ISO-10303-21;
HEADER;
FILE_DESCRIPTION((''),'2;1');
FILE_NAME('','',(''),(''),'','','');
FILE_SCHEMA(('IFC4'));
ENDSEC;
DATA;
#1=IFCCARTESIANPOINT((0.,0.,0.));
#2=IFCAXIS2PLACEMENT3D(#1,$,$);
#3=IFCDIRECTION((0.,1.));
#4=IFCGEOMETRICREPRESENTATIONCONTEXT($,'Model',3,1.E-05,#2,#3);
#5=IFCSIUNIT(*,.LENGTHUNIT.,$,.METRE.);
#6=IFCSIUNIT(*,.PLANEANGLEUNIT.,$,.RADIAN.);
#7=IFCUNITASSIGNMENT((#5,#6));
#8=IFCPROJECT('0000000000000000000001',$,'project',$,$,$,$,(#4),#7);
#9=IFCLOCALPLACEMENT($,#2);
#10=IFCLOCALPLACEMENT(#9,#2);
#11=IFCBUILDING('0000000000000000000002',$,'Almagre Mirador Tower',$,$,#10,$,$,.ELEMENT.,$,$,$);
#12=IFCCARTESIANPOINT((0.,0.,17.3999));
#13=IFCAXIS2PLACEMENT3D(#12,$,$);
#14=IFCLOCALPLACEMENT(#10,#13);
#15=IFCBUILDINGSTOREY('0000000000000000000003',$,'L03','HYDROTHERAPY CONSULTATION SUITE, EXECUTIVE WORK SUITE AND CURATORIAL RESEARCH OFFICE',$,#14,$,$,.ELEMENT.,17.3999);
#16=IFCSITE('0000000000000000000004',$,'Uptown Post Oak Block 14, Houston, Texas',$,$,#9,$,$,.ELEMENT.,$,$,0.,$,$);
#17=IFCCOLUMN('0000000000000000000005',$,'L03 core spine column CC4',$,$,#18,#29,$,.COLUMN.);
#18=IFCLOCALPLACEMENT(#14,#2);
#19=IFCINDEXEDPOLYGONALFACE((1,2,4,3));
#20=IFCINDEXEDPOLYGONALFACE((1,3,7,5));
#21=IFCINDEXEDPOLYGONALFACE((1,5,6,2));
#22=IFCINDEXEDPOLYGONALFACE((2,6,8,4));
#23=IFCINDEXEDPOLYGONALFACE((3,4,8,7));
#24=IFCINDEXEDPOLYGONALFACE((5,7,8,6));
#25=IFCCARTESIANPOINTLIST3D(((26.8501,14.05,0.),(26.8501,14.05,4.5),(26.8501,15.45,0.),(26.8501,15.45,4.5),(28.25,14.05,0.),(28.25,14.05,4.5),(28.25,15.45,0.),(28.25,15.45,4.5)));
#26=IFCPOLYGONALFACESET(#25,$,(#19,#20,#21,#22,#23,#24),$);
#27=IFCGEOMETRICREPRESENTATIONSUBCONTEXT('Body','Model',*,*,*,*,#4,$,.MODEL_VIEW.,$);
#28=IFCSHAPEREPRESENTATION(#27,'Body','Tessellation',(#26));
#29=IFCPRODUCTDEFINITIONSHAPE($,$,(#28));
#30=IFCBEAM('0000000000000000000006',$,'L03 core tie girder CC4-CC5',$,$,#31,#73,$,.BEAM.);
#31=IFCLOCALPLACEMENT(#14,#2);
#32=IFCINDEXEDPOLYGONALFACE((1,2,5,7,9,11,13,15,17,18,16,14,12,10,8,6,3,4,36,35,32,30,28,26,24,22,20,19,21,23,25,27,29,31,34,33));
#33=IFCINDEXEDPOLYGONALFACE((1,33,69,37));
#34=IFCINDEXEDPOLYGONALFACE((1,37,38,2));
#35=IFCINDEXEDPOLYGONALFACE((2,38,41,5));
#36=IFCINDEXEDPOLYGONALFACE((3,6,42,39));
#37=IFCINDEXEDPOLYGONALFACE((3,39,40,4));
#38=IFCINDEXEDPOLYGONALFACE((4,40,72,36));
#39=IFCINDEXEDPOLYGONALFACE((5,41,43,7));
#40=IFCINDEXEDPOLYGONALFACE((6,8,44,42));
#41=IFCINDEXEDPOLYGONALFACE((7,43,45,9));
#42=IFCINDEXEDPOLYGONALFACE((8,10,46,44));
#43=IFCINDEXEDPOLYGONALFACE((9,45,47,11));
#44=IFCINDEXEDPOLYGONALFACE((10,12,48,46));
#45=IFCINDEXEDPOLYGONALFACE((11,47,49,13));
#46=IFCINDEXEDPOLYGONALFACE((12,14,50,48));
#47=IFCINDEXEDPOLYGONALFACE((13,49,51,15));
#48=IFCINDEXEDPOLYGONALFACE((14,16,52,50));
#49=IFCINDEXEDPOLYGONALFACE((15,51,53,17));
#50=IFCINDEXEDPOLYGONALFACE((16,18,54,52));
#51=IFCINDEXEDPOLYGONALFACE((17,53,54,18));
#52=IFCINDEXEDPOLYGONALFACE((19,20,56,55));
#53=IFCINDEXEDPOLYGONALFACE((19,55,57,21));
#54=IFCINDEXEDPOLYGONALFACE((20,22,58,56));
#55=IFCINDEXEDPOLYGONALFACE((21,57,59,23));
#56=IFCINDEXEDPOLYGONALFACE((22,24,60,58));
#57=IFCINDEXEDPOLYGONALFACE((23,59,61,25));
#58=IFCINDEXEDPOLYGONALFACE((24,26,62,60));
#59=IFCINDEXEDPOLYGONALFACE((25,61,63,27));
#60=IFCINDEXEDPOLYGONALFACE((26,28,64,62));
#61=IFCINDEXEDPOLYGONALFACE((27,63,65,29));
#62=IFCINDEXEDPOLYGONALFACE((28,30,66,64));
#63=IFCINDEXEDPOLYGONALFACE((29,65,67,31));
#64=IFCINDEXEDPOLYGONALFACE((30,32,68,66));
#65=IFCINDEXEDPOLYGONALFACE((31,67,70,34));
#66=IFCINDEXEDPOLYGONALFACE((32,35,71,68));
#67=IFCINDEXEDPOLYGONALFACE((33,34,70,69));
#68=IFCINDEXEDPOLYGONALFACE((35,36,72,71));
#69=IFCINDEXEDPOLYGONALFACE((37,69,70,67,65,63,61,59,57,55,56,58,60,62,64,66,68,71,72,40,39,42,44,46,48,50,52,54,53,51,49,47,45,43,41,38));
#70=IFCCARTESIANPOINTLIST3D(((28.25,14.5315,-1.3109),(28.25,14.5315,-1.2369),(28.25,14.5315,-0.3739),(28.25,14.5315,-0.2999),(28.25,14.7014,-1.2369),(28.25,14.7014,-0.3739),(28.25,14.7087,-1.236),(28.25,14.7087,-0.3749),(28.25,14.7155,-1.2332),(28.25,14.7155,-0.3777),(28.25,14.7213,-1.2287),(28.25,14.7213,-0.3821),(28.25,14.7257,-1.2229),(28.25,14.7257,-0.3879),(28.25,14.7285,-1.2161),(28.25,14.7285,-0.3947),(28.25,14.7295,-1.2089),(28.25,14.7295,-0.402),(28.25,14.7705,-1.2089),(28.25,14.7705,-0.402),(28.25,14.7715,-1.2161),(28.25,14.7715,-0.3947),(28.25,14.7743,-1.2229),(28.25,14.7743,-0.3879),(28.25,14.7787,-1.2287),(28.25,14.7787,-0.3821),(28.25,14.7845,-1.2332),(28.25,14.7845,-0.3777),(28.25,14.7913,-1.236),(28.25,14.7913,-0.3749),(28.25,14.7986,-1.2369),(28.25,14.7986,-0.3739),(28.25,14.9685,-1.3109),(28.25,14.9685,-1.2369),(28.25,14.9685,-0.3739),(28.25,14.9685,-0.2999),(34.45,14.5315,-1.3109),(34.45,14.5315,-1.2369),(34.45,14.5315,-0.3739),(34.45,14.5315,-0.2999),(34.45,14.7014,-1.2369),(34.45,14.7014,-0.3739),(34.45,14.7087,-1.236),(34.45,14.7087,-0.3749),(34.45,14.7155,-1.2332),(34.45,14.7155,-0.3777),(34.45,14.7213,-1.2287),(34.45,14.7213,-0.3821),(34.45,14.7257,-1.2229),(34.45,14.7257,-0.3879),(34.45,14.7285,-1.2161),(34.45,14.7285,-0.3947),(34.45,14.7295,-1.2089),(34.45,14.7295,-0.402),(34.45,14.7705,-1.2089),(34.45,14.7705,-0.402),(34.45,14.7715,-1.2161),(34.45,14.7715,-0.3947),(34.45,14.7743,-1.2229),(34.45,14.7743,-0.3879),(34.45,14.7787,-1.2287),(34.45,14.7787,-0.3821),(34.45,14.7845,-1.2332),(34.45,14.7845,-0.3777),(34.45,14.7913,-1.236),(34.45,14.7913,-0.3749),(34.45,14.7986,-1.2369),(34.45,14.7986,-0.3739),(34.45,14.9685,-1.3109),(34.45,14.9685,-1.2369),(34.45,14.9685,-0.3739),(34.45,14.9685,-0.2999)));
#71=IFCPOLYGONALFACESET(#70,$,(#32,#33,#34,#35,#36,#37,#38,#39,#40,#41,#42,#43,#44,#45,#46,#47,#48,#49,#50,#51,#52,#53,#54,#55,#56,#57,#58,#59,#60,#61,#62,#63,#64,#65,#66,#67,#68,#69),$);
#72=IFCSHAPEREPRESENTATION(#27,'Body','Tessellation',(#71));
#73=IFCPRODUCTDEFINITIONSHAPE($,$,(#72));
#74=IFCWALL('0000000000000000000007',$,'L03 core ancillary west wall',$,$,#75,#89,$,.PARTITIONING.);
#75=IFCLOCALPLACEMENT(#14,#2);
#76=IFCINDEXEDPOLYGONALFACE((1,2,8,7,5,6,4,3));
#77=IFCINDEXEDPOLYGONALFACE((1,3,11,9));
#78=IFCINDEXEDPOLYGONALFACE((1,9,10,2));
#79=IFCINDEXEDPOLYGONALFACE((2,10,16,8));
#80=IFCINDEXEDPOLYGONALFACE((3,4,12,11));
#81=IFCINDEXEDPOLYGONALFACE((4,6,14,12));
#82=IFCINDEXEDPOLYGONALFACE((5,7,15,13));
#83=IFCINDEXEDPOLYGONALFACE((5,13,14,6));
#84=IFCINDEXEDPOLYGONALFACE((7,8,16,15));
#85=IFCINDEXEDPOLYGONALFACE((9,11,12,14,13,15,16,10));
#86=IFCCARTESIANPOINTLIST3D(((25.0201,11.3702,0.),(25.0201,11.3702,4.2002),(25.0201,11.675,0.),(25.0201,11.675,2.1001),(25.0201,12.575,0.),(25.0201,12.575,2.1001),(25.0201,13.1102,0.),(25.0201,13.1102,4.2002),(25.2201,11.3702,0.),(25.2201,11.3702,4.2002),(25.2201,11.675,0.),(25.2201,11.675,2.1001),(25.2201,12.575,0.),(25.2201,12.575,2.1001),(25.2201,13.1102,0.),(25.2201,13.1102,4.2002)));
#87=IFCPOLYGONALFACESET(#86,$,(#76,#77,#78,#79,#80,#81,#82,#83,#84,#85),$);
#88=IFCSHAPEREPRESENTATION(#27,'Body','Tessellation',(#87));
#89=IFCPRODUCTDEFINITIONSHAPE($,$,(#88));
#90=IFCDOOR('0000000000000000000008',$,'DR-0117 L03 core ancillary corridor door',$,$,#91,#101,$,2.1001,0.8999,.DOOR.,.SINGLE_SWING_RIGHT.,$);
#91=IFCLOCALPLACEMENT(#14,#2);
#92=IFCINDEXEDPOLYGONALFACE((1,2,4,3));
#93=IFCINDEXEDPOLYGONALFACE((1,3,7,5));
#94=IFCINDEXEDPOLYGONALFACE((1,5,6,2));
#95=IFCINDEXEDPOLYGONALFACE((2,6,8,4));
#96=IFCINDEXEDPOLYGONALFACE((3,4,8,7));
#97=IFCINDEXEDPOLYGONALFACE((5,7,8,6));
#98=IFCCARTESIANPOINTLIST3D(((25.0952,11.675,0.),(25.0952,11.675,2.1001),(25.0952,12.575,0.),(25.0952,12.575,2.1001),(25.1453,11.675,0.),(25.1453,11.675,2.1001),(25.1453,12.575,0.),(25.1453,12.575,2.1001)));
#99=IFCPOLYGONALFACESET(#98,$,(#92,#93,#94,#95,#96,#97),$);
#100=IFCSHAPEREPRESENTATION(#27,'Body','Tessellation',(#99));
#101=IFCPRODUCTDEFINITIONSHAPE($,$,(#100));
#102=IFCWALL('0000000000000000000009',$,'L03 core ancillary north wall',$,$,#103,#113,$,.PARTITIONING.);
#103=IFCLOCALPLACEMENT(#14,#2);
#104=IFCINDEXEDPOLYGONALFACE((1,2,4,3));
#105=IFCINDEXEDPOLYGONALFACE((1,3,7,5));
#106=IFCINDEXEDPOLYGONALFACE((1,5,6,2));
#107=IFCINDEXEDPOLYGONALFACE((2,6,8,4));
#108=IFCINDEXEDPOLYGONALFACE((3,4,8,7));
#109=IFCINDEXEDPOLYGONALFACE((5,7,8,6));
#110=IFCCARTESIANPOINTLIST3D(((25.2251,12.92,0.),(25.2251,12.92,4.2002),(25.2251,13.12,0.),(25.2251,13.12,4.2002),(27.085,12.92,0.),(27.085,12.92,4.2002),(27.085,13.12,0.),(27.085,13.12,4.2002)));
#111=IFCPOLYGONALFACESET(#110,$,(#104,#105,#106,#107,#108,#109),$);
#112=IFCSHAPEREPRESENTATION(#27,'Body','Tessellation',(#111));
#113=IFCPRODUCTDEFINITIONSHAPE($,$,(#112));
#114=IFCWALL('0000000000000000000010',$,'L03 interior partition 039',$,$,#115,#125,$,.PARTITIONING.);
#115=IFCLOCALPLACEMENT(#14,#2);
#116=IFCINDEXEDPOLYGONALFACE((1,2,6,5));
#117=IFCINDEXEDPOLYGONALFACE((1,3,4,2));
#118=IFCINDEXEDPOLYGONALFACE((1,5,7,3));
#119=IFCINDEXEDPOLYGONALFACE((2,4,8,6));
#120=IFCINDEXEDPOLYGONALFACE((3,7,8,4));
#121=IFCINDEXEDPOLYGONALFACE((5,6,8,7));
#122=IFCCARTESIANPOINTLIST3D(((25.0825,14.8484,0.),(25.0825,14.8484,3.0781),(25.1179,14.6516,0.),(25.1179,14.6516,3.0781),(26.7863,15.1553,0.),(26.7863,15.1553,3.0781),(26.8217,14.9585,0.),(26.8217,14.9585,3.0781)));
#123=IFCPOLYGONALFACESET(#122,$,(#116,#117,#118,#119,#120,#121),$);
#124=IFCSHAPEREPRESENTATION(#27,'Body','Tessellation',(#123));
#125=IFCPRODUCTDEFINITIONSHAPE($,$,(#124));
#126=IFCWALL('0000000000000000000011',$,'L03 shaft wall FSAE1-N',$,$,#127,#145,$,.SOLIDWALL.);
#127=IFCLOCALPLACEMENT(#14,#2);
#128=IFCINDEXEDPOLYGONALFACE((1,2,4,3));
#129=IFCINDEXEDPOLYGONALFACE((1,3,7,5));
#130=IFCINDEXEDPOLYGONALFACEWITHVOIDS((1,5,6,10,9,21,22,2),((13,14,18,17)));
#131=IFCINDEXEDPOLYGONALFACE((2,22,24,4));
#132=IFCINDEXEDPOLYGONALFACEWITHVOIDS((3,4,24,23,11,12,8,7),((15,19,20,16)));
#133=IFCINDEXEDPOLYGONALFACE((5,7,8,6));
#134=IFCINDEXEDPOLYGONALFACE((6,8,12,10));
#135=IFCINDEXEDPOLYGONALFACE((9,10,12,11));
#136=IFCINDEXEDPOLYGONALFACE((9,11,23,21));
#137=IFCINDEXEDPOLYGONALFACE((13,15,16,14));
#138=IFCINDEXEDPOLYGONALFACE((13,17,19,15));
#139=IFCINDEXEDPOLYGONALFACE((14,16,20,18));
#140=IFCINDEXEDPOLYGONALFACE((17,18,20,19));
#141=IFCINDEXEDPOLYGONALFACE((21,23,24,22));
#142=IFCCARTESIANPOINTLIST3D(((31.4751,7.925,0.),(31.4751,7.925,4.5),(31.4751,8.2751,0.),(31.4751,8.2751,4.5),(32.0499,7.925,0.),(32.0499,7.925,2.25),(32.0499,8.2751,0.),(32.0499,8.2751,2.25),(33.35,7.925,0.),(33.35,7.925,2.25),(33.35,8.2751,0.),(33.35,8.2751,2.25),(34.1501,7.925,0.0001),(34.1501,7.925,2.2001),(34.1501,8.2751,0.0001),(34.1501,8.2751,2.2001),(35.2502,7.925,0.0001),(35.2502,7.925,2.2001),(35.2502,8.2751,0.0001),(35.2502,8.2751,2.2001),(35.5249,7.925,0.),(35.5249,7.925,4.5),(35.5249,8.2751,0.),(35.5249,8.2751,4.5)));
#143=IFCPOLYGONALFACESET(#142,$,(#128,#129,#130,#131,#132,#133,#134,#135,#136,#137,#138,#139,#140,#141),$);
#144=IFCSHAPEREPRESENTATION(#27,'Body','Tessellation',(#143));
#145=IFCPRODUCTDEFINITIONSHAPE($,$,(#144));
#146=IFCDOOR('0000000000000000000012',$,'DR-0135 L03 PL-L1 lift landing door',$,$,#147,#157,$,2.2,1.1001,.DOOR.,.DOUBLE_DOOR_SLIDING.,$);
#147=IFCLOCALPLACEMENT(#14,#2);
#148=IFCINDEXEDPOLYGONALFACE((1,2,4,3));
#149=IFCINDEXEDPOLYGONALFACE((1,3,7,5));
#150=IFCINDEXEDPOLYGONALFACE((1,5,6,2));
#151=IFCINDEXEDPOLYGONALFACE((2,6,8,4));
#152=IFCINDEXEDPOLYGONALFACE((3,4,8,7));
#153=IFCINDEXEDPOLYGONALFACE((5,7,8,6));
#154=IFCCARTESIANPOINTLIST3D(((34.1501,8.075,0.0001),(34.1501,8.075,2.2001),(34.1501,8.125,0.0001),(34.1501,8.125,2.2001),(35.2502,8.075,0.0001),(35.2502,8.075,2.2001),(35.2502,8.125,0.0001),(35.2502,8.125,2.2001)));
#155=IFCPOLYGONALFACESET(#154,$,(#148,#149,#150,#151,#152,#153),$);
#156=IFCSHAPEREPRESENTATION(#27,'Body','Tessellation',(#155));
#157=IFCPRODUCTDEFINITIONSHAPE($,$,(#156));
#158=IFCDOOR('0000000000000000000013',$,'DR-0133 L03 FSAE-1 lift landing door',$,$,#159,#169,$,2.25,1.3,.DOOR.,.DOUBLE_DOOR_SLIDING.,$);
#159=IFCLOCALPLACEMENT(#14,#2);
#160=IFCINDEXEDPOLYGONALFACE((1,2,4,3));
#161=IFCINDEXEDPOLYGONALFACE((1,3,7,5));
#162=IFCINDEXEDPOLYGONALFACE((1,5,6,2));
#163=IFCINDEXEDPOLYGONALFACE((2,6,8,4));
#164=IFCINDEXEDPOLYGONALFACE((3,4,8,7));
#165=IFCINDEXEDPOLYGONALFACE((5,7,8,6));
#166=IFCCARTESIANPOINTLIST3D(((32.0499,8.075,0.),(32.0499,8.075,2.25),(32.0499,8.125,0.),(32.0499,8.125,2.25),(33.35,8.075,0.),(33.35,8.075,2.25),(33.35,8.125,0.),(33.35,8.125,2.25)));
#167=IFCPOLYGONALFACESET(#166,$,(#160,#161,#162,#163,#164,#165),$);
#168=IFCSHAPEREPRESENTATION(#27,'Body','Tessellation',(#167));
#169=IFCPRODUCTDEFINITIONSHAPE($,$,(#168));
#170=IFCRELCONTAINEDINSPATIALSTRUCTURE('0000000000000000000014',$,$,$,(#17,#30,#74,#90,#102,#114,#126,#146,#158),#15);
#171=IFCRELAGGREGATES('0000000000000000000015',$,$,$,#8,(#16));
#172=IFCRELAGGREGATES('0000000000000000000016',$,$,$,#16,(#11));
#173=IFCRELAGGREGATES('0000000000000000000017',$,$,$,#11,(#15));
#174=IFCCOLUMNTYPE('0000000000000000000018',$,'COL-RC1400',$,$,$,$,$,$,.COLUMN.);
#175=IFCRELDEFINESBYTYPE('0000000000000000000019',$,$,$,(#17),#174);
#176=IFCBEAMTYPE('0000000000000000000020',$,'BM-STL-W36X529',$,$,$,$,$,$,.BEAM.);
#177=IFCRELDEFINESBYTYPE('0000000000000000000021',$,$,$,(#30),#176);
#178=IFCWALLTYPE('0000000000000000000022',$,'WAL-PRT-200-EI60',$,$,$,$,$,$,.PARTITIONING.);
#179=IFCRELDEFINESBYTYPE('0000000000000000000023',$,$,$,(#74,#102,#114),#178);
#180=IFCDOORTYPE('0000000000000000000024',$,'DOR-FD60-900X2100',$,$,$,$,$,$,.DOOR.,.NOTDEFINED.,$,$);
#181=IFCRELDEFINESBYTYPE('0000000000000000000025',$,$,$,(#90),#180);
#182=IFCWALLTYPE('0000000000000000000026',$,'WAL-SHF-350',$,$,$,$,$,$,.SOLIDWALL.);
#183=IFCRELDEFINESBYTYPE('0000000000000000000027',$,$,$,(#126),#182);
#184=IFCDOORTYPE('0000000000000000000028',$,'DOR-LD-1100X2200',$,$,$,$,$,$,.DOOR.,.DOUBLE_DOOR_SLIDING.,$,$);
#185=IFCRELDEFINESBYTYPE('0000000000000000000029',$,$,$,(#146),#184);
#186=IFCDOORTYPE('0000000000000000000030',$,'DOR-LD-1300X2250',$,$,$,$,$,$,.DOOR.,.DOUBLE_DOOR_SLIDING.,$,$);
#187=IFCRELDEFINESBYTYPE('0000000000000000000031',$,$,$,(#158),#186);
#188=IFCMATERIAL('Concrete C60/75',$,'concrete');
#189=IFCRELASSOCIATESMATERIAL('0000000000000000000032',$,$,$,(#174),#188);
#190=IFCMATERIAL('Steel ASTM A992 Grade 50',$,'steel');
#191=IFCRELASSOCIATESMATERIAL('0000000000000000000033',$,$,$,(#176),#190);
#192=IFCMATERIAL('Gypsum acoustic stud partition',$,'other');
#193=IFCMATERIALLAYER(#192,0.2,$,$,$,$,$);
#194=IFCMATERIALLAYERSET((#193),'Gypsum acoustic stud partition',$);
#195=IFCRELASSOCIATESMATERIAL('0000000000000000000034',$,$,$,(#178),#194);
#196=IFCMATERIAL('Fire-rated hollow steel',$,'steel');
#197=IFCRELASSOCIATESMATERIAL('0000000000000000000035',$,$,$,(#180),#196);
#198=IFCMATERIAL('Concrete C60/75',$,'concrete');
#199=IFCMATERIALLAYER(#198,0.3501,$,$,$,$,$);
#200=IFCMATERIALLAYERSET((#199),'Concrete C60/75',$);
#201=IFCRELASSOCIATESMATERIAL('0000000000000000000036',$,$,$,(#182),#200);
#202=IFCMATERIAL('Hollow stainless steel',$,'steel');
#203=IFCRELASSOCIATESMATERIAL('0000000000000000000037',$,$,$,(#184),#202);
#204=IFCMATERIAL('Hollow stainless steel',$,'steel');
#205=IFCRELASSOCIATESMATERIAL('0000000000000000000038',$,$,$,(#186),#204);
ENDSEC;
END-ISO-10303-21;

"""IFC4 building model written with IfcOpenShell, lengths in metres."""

from ifc_helpers import new_model, si_unit, direction, frame, frame_2d, origin, origin_2d, place, context, subcontext, project, spatial, rectangle, i_section, extrude, material, layer, layer_set, material_profile, profile_set, type_object, element, fill, save


model = new_model("IFC4")

# Units and contexts
model_context = context("Model", 3, precision=1e-05, world=origin(), true_north=direction((0.0, 1.0)))
body_context = subcontext(model_context, "Body", "Model", "MODEL_VIEW")
ifc_project = project(units=[si_unit("LENGTHUNIT", "METRE"), si_unit("PLANEANGLEUNIT", "RADIAN")], contexts=[model_context])

# Site, building, storey
site_placement = place(None, origin())
site = spatial("IfcSite", under=ifc_project, at=site_placement, Name="Uptown Post Oak Block 14, Houston, Texas", CompositionType="ELEMENT", RefElevation=0.0)
building_placement = place(site_placement, origin())
building = spatial("IfcBuilding", under=site, at=building_placement, Name="Almagre Mirador Tower", CompositionType="ELEMENT")
storey_placement = place(building_placement, frame((0.0, 0.0, 17.3999)))
storey = spatial("IfcBuildingStorey", under=building, at=storey_placement, Name="L03", Description="HYDROTHERAPY CONSULTATION SUITE, EXECUTIVE WORK SUITE AND CURATORIAL RESEARCH OFFICE", CompositionType="ELEMENT", Elevation=17.3999)

# Column
ifc_material_1 = material(Name="Concrete C60/75", Category="concrete")
ifc_material_profile_1 = material_profile(ifc_material_1, rectangle(XDim=1.3999, YDim=1.3999, at=origin_2d()), Name="RC1400X1400")
ifc_profile_set_1 = profile_set([ifc_material_profile_1], Name="Concrete C60/75")
column_type = type_object("IfcColumnType", Name="COL-RC1400", PredefinedType="COLUMN", material=ifc_profile_set_1)
column_placement = place(storey_placement, frame((27.55, 14.75, 0.0), z_axis=(0.0, 0.0, 1.0), x_axis=(1.0, 0.0, 0.0)))
element("IfcColumn", 1, at=column_placement, inside=storey, type_object=column_type, Name="L03 core spine column CC4", PredefinedType="COLUMN", context=body_context, shape_type="SweptSolid", body=[
    extrude(rectangle(XDim=1.3999, YDim=1.3999, at=origin_2d()), origin(), (0.0, 0.0, 1.0), 4.5),
])

# Beam
ifc_material_2 = material(Name="Steel ASTM A992 Grade 50", Category="steel")
ifc_material_profile_2 = material_profile(ifc_material_2, i_section(OverallWidth=0.437, OverallDepth=1.011, WebThickness=0.041, FlangeThickness=0.074, FilletRadius=0.0281, at=origin_2d()), Name="W36X529")
ifc_profile_set_2 = profile_set([ifc_material_profile_2], Name="Steel ASTM A992 Grade 50")
beam_type = type_object("IfcBeamType", Name="BM-STL-W36X529", PredefinedType="BEAM", material=ifc_profile_set_2)
beam_placement = place(storey_placement, frame((28.25, 14.75, -0.8054), z_axis=(1.0, 0.0, 0.0), x_axis=(0.0, 1.0, 0.0)))
element("IfcBeam", 2, at=beam_placement, inside=storey, type_object=beam_type, Name="L03 core tie girder CC4-CC5", PredefinedType="BEAM", context=body_context, shape_type="SweptSolid", body=[
    extrude(i_section(OverallWidth=0.437, OverallDepth=1.011, WebThickness=0.041, FlangeThickness=0.074, FilletRadius=0.0281, at=origin_2d()), origin(), (0.0, 0.0, 1.0), 6.2),
])

# Wall, opening, door
ifc_material_3 = material(Name="Gypsum acoustic stud partition", Category="other")
ifc_layer_1 = layer(ifc_material_3, 0.2)
ifc_layer_set_1 = layer_set([ifc_layer_1], Name="Gypsum acoustic stud partition")
wall_type_1 = type_object("IfcWallType", Name="WAL-PRT-200-EI60", PredefinedType="PARTITIONING", material=ifc_layer_set_1)
wall_1_placement = place(storey_placement, frame((25.1201, 11.3701, 0.0), z_axis=(0.0, 0.0, 1.0), x_axis=(0.0, 1.0, 0.0)))
wall_1 = element("IfcWall", 3, at=wall_1_placement, inside=storey, type_object=wall_type_1, Name="L03 core ancillary west wall", PredefinedType="PARTITIONING", context=body_context, shape_type="SweptSolid", body=[
    extrude(rectangle(XDim=1.74, YDim=0.2, at=frame_2d((0.8701, 0.0))), origin(), (0.0, 0.0, 1.0), 4.2002),
])
opening_1_placement = place(wall_1_placement, frame((0.3049, 0.0, 0.0)))
opening_1 = element("IfcOpeningElement", 4, at=opening_1_placement, cuts=wall_1, PredefinedType="OPENING", context=body_context, shape_type="SweptSolid", body=[
    extrude(rectangle(XDim=0.8999, YDim=2.1001, at=frame_2d((0.45, 1.05))), frame((0.0, 0.1101, 0.0), z_axis=(0.0, -1.0, 0.0), x_axis=(1.0, 0.0, 0.0)), (0.0, 0.0, 1.0), 0.22),
])
ifc_material_4 = material(Name="Fire-rated hollow steel", Category="steel")
door_type_1 = type_object("IfcDoorType", Name="DOR-FD60-900X2100", OperationType="NOTDEFINED", PredefinedType="DOOR", material=ifc_material_4)
door_1_placement = place(opening_1_placement, origin())
door_1 = element("IfcDoor", 5, at=door_1_placement, inside=storey, type_object=door_type_1, Name="DR-0117 L03 core ancillary corridor door", OperationType="SINGLE_SWING_RIGHT", OverallHeight=2.1001, OverallWidth=0.8999, PredefinedType="DOOR", context=body_context, shape_type="SweptSolid", body=[
    extrude(rectangle(XDim=0.8999, YDim=2.1001, at=frame_2d((0.45, 1.05))), frame((0.0, 0.0249, 0.0), z_axis=(0.0, -1.0, 0.0), x_axis=(1.0, 0.0, 0.0)), (0.0, 0.0, 1.0), 0.05),
])
fill(opening_1, door_1)

# Walls
wall_2_placement = place(storey_placement, frame((25.2251, 13.02, 0.0), z_axis=(0.0, 0.0, 1.0), x_axis=(1.0, 0.0, 0.0)))
element("IfcWall", 6, at=wall_2_placement, inside=storey, type_object=wall_type_1, Name="L03 core ancillary north wall", PredefinedType="PARTITIONING", context=body_context, shape_type="SweptSolid", body=[
    extrude(rectangle(XDim=1.8599, YDim=0.2, at=frame_2d((0.9299, 0.0))), origin(), (0.0, 0.0, 1.0), 4.2002),
])
wall_3_placement = place(storey_placement, frame((25.1001, 14.75, 0.0), z_axis=(0.0, 0.0, 1.0), x_axis=(0.984164, 0.17726, 0.0)))
element("IfcWall", 7, at=wall_3_placement, inside=storey, type_object=wall_type_1, Name="L03 interior partition 039", PredefinedType="PARTITIONING", context=body_context, shape_type="SweptSolid", body=[
    extrude(rectangle(XDim=1.7312, YDim=0.2, at=frame_2d((0.8657, 0.0))), origin(), (0.0, 0.0, 1.0), 3.0781),
])

# Wall, openings, doors
ifc_material_5 = material(Name="Concrete C60/75", Category="concrete")
ifc_layer_2 = layer(ifc_material_5, 0.3501)
ifc_layer_set_2 = layer_set([ifc_layer_2], Name="Concrete C60/75")
wall_type_2 = type_object("IfcWallType", Name="WAL-SHF-350", PredefinedType="SOLIDWALL", material=ifc_layer_set_2)
wall_4_placement = place(storey_placement, frame((31.4751, 8.1001, 0.0), z_axis=(0.0, 0.0, 1.0), x_axis=(1.0, 0.0, 0.0)))
wall_4 = element("IfcWall", 8, at=wall_4_placement, inside=storey, type_object=wall_type_2, Name="L03 shaft wall FSAE1-N", PredefinedType="SOLIDWALL", context=body_context, shape_type="SweptSolid", body=[
    extrude(rectangle(XDim=4.0498, YDim=0.3501, at=frame_2d((2.0249, 0.0))), origin(), (0.0, 0.0, 1.0), 4.5),
])
opening_2_placement = place(wall_4_placement, frame((0.575, 0.0, 0.0)))
opening_2 = element("IfcOpeningElement", 9, at=opening_2_placement, cuts=wall_4, PredefinedType="OPENING", context=body_context, shape_type="SweptSolid", body=[
    extrude(rectangle(XDim=1.3, YDim=2.25, at=frame_2d((0.6499, 1.125))), frame((0.0, 0.185, 0.0), z_axis=(0.0, -1.0, 0.0), x_axis=(1.0, 0.0, 0.0)), (0.0, 0.0, 1.0), 0.3701),
])
opening_3_placement = place(wall_4_placement, frame((2.675, 0.0, 0.0)))
opening_3 = element("IfcOpeningElement", 10, at=opening_3_placement, cuts=wall_4, PredefinedType="OPENING", context=body_context, shape_type="SweptSolid", body=[
    extrude(rectangle(XDim=1.1001, YDim=2.2, at=frame_2d((0.55, 1.1001))), frame((0.0, 0.185, 0.0), z_axis=(0.0, -1.0, 0.0), x_axis=(1.0, 0.0, 0.0)), (0.0, 0.0, 1.0), 0.3701),
])
ifc_material_6 = material(Name="Hollow stainless steel", Category="steel")
door_type_2 = type_object("IfcDoorType", Name="DOR-LD-1100X2200", OperationType="DOUBLE_DOOR_SLIDING", PredefinedType="DOOR", material=ifc_material_6)
door_2_placement = place(opening_3_placement, origin())
door_2 = element("IfcDoor", 11, at=door_2_placement, inside=storey, type_object=door_type_2, Name="DR-0135 L03 PL-L1 lift landing door", OperationType="DOUBLE_DOOR_SLIDING", OverallHeight=2.2, OverallWidth=1.1001, PredefinedType="DOOR", context=body_context, shape_type="SweptSolid", body=[
    extrude(rectangle(XDim=1.1001, YDim=2.2, at=frame_2d((0.55, 1.1001))), frame((0.0, 0.0249, 0.0), z_axis=(0.0, -1.0, 0.0), x_axis=(1.0, 0.0, 0.0)), (0.0, 0.0, 1.0), 0.05),
])
fill(opening_3, door_2)
ifc_material_7 = material(Name="Hollow stainless steel", Category="steel")
door_type_3 = type_object("IfcDoorType", Name="DOR-LD-1300X2250", OperationType="DOUBLE_DOOR_SLIDING", PredefinedType="DOOR", material=ifc_material_7)
door_3_placement = place(opening_2_placement, origin())
door_3 = element("IfcDoor", 12, at=door_3_placement, inside=storey, type_object=door_type_3, Name="DR-0133 L03 FSAE-1 lift landing door", OperationType="DOUBLE_DOOR_SLIDING", OverallHeight=2.25, OverallWidth=1.3, PredefinedType="DOOR", context=body_context, shape_type="SweptSolid", body=[
    extrude(rectangle(XDim=1.3, YDim=2.25, at=frame_2d((0.6499, 1.125))), frame((0.0, 0.0249, 0.0), z_axis=(0.0, -1.0, 0.0), x_axis=(1.0, 0.0, 0.0)), (0.0, 0.0, 1.0), 0.05),
])
fill(opening_2, door_3)

save(model, "model.ifc")
